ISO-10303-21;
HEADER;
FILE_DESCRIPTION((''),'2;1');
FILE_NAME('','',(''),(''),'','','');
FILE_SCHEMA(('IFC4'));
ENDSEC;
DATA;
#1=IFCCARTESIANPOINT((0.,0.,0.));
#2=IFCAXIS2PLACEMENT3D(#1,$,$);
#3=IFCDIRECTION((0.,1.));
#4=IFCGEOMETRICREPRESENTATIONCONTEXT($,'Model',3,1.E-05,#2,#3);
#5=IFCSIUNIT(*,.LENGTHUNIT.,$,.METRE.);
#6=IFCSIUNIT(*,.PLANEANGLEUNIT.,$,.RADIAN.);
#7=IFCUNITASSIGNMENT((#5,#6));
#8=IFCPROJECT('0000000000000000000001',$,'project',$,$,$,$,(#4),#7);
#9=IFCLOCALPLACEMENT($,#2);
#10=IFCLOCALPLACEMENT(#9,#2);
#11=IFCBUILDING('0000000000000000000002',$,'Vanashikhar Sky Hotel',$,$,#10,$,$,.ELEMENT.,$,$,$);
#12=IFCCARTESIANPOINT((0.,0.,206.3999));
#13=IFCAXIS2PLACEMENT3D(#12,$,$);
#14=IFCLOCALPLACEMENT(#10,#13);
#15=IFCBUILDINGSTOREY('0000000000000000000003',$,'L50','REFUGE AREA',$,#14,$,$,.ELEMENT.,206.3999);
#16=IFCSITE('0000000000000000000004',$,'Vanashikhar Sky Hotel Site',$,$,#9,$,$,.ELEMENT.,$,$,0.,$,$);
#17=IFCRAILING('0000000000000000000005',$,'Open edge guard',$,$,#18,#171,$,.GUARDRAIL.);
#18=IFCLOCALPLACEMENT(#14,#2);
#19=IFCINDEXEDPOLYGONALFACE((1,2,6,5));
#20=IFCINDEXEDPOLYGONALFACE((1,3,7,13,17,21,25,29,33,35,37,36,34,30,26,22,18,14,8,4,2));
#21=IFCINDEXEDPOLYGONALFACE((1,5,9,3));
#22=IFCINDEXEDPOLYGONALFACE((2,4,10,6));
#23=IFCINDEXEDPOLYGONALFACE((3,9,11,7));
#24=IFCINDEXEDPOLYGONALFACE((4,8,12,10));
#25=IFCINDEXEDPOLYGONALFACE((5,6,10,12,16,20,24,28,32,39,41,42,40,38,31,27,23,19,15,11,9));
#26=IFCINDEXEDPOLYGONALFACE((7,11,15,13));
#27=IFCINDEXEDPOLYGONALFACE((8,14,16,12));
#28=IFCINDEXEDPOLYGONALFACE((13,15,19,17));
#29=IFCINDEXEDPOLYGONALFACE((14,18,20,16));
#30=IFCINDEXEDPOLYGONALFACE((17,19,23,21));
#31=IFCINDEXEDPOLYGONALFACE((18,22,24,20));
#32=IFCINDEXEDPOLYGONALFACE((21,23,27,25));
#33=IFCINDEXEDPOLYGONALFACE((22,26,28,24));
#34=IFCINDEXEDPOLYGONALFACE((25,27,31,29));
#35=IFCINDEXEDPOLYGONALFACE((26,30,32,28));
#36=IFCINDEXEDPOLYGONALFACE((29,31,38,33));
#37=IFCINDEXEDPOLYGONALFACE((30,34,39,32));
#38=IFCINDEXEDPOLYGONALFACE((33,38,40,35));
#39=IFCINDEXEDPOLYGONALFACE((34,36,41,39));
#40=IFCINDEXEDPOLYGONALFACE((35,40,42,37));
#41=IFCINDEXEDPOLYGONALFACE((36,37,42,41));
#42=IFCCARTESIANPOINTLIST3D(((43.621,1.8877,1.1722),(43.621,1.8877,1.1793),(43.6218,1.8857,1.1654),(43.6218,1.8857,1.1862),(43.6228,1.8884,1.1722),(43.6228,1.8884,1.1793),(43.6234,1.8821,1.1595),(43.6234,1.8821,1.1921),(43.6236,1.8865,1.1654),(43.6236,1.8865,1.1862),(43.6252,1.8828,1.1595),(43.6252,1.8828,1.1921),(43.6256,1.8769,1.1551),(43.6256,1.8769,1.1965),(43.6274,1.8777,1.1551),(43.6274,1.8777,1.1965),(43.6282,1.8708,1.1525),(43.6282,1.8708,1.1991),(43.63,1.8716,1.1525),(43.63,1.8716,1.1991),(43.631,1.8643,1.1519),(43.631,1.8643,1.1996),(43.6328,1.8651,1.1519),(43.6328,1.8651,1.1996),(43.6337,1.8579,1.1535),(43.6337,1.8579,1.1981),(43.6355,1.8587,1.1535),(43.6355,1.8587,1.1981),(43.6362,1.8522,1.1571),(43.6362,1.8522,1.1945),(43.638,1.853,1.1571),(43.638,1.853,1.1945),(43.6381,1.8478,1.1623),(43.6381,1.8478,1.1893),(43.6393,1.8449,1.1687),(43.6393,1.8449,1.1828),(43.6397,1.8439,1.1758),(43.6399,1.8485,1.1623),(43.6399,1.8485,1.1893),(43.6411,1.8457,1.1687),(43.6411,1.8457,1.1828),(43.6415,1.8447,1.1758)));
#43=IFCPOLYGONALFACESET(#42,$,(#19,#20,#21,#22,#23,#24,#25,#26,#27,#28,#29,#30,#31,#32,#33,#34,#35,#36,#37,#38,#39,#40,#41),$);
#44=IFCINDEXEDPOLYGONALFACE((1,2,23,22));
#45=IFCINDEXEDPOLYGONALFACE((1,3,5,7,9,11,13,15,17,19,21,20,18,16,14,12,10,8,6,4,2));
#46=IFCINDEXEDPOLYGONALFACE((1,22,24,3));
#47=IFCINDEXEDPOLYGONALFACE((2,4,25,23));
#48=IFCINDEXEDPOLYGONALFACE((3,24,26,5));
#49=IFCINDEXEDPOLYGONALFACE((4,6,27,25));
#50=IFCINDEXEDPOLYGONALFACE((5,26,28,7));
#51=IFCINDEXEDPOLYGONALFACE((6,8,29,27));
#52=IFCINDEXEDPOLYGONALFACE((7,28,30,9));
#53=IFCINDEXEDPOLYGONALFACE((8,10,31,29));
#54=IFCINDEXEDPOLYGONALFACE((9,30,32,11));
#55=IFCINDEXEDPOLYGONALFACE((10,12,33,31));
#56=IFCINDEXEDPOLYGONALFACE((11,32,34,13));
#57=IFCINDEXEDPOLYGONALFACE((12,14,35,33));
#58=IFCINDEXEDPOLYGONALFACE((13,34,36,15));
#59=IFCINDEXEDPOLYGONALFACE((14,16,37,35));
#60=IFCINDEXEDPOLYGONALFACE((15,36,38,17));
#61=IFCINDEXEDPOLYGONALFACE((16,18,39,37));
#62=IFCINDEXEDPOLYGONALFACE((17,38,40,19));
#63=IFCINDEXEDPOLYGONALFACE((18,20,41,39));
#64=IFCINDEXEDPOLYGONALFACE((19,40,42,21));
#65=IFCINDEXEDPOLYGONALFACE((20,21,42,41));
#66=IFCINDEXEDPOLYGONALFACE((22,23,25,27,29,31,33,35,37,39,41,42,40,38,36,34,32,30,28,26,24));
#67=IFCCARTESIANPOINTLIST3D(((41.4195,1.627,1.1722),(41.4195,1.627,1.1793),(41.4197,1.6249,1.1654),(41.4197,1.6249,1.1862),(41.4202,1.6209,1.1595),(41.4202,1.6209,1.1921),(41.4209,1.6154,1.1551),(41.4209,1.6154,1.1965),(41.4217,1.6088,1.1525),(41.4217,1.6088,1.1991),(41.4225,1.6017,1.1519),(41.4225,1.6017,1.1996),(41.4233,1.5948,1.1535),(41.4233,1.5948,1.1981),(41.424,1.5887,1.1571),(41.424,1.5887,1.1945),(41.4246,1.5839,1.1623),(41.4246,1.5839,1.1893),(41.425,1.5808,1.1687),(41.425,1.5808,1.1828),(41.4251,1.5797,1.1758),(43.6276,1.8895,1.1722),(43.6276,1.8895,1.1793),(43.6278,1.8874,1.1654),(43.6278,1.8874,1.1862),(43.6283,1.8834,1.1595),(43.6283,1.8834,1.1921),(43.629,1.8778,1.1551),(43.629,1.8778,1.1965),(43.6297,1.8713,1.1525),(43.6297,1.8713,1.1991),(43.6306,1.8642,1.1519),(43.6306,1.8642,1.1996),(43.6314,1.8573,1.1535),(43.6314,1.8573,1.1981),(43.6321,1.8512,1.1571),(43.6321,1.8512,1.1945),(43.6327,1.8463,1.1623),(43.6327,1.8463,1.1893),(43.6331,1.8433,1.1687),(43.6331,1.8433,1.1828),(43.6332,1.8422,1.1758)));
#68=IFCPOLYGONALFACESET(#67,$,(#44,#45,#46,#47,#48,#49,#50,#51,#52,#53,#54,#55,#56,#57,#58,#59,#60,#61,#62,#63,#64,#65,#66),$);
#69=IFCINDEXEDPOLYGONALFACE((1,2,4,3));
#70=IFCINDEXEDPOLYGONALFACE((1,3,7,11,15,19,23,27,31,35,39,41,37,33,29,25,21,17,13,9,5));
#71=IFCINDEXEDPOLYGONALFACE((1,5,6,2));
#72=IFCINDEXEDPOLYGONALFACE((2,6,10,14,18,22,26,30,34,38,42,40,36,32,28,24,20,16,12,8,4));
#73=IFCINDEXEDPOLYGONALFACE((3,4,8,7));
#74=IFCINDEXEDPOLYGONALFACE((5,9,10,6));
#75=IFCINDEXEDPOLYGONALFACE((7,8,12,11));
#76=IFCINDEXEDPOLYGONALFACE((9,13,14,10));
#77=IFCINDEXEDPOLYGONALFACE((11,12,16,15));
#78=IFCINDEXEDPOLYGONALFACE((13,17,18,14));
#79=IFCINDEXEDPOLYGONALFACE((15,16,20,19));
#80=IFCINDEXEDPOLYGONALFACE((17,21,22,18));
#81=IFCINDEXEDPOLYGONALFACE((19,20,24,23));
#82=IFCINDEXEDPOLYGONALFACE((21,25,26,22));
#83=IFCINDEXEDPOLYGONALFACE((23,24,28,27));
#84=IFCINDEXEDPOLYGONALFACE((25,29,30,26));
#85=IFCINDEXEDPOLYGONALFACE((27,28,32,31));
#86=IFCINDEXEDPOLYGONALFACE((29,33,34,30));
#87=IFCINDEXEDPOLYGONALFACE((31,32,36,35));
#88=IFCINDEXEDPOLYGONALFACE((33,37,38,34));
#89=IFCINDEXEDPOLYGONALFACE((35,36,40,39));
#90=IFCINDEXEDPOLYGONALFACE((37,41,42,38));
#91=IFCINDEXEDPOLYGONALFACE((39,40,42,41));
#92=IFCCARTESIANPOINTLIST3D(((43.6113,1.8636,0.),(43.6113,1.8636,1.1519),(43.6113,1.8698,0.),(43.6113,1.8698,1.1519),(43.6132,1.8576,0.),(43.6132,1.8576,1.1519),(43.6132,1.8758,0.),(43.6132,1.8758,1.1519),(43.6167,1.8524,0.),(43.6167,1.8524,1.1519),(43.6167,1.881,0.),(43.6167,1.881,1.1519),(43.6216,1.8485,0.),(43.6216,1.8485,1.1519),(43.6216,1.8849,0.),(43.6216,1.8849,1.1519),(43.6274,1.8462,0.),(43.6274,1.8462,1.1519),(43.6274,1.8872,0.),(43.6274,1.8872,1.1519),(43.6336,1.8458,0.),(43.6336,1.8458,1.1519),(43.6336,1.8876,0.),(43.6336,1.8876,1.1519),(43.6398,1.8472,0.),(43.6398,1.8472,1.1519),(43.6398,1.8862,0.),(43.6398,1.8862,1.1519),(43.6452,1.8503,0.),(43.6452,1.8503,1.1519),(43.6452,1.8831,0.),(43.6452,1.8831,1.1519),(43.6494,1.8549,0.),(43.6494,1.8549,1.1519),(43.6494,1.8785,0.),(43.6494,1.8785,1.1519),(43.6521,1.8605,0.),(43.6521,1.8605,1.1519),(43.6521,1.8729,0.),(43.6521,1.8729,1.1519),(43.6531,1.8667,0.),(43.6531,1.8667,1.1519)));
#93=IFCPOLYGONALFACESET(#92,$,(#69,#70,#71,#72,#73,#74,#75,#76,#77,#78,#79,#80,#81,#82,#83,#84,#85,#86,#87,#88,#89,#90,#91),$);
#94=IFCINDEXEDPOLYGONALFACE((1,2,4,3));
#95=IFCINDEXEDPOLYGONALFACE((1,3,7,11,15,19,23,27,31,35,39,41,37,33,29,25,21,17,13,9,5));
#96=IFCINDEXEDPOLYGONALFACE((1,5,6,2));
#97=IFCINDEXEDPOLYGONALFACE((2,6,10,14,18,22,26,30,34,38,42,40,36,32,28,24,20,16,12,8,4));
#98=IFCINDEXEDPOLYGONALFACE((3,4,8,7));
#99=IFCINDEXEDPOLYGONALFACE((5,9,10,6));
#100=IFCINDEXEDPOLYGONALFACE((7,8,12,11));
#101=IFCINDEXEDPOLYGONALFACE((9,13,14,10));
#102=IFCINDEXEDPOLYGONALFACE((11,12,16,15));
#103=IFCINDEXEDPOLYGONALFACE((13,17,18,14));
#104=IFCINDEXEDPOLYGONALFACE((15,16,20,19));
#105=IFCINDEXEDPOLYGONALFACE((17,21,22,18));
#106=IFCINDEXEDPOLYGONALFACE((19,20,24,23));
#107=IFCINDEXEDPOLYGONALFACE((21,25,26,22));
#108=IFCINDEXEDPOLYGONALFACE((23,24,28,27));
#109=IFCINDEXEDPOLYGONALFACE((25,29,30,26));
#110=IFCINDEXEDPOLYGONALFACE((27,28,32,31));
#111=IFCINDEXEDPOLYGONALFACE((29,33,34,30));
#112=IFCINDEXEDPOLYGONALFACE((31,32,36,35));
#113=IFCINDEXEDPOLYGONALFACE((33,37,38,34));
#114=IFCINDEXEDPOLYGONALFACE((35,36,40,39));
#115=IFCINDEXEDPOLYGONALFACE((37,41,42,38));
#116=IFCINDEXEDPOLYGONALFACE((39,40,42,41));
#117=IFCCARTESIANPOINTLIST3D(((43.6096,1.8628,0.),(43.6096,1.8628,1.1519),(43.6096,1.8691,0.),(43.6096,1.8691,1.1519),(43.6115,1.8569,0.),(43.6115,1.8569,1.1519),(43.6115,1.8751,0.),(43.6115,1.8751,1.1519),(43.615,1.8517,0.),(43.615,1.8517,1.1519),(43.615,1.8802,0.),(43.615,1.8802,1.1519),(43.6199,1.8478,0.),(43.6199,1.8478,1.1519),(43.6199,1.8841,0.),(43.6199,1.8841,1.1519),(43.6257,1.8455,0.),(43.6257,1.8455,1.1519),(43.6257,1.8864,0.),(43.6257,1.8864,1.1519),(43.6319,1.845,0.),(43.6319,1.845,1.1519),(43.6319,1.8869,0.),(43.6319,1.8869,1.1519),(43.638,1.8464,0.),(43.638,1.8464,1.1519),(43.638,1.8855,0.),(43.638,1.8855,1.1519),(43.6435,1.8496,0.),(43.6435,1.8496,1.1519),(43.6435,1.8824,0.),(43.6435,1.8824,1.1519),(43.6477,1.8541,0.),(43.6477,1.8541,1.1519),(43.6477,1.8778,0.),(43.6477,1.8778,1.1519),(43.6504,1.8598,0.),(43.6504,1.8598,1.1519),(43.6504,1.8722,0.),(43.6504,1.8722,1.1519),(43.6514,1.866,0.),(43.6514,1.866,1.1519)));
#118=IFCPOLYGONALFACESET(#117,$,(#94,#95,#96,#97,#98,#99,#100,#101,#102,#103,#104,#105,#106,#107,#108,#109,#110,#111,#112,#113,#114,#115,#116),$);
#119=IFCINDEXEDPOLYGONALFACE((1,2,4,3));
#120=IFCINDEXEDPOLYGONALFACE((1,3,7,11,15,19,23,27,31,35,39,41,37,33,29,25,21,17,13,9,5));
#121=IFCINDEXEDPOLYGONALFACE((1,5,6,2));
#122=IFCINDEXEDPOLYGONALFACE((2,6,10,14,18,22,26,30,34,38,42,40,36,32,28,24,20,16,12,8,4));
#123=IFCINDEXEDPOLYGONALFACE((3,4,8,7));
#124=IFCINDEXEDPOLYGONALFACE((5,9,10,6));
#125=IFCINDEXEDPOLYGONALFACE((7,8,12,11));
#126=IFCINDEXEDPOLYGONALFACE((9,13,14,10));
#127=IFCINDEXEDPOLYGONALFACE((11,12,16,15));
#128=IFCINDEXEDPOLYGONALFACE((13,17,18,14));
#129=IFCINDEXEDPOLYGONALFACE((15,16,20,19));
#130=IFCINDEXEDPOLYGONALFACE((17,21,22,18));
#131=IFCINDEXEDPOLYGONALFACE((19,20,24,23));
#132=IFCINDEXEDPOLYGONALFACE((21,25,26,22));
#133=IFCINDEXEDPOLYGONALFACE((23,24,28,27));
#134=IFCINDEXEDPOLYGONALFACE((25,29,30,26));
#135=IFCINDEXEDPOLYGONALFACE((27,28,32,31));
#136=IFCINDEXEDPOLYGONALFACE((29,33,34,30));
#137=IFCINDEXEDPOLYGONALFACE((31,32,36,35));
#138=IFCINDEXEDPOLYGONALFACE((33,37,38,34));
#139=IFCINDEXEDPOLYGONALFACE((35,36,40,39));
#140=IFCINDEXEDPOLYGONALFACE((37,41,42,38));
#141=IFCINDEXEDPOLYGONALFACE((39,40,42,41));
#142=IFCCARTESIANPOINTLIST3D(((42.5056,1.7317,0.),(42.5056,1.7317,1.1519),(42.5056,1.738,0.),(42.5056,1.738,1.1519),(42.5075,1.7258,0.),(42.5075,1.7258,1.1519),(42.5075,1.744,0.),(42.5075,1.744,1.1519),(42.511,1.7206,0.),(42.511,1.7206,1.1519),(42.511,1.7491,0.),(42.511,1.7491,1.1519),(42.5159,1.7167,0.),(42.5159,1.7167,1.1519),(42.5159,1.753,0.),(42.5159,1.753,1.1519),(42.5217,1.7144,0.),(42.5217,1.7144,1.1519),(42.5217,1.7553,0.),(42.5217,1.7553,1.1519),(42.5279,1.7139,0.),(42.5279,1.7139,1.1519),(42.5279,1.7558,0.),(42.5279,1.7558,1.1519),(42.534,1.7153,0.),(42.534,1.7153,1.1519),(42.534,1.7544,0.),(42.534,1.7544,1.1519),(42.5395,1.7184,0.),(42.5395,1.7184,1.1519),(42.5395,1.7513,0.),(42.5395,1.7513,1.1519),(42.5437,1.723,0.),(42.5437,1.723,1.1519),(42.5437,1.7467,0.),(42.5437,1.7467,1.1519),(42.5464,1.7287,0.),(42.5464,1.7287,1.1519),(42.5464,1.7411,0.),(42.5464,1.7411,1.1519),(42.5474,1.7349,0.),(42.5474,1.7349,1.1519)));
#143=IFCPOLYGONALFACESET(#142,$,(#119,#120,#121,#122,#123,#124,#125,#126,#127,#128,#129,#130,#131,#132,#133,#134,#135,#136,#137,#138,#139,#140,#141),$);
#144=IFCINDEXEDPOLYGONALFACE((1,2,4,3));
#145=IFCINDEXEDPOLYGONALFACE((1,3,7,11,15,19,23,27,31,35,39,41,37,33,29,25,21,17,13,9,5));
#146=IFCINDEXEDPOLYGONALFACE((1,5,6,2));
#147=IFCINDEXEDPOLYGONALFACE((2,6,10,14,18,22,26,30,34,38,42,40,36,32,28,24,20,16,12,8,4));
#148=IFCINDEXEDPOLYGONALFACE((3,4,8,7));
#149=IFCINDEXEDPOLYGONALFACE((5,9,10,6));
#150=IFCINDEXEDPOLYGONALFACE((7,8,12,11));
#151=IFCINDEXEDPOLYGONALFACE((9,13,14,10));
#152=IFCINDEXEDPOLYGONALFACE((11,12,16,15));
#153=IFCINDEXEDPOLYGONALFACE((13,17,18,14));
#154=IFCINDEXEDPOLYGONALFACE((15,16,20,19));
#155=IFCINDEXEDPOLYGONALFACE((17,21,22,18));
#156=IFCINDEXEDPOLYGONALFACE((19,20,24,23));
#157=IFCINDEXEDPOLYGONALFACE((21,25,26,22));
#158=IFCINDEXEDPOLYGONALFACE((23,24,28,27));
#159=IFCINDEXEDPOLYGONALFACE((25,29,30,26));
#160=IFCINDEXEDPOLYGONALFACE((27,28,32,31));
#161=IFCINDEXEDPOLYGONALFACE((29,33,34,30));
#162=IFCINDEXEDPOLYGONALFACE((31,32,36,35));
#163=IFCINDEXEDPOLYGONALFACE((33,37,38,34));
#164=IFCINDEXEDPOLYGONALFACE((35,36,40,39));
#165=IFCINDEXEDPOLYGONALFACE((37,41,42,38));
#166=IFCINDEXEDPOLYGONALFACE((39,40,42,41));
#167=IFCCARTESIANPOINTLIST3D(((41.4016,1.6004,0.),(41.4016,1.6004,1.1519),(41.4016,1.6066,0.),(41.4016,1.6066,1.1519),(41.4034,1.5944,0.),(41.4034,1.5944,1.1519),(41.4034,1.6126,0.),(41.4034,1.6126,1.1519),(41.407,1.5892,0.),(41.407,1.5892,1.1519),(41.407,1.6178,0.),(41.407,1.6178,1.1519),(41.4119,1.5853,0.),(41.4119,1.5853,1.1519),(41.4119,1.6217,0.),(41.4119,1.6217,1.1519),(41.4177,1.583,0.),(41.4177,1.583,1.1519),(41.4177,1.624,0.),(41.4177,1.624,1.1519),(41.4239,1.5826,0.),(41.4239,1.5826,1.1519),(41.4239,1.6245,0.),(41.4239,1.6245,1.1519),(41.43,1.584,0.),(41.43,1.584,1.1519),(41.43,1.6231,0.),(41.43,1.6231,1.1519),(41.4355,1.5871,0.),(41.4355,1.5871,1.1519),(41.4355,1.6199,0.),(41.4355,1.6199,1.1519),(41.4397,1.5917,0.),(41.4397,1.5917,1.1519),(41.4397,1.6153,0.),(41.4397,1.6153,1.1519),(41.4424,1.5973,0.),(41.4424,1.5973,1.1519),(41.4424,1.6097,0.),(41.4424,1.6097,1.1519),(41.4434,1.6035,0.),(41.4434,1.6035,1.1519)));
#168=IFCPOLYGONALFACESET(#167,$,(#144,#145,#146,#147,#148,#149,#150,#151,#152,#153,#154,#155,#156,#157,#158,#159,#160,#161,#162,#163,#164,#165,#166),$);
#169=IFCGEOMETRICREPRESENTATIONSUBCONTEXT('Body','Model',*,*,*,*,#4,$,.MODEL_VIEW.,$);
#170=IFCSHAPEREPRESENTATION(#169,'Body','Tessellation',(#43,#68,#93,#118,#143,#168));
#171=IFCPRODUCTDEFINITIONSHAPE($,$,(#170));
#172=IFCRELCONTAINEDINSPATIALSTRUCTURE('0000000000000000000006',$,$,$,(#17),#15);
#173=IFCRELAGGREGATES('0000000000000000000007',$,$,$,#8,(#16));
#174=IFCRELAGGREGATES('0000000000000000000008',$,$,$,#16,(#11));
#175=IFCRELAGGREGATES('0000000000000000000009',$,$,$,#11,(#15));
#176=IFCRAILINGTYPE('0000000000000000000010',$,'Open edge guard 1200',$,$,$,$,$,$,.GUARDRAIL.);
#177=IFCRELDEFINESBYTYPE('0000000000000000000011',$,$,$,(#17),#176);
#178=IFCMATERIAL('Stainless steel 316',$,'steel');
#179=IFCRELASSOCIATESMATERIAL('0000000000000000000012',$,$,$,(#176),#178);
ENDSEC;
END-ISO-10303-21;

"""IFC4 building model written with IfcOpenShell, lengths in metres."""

from ifc_helpers import new_model, si_unit, direction, frame, origin, origin_2d, place, context, subcontext, project, spatial, circle, extrude, source, transform, mapped, material, type_object, element, save


model = new_model("IFC4")

# Units and contexts
model_context = context("Model", 3, precision=1e-05, world=origin(), true_north=direction((0.0, 1.0)))
body_context = subcontext(model_context, "Body", "Model", "MODEL_VIEW")
ifc_project = project(units=[si_unit("LENGTHUNIT", "METRE"), si_unit("PLANEANGLEUNIT", "RADIAN")], contexts=[model_context])

# Site, building, storey
site_placement = place(None, origin())
site = spatial("IfcSite", under=ifc_project, at=site_placement, Name="Vanashikhar Sky Hotel Site", CompositionType="ELEMENT", RefElevation=0.0)
building_placement = place(site_placement, origin())
building = spatial("IfcBuilding", under=site, at=building_placement, Name="Vanashikhar Sky Hotel", CompositionType="ELEMENT")
storey_placement = place(building_placement, frame((0.0, 0.0, 206.3999)))
storey = spatial("IfcBuildingStorey", under=building, at=storey_placement, Name="L50", Description="REFUGE AREA", CompositionType="ELEMENT", Elevation=206.3999)

# Railing
ifc_material_1 = material(Name="Stainless steel 316", Category="steel")
railing_type = type_object("IfcRailingType", Name="Open edge guard 1200", PredefinedType="GUARDRAIL", material=ifc_material_1)
shared_shape_1 = source(origin(), body_context, "Body", "SweptSolid", [
    extrude(circle(Radius=0.0239, at=origin_2d()), frame((0.0, 0.0, 1.1758), z_axis=(-0.919145, -0.393919, 0.0), x_axis=(0.393919, -0.919145, 0.0)), (0.0, 0.0, 1.0), 0.002),
    extrude(circle(Radius=0.0239, at=origin_2d()), frame((-0.0017, -0.0007, 1.1758), z_axis=(-0.99301, -0.118032, 0.0), x_axis=(0.118032, -0.99301, 0.0)), (0.0, 0.0, 1.0), 2.2236),
    extrude(circle(Radius=0.021, at=origin_2d()), origin(), (0.0, 0.0, 1.0), 1.1519),
    extrude(circle(Radius=0.021, at=origin_2d()), frame((-0.0017, -0.0007, 0.0)), (0.0, 0.0, 1.0), 1.1519),
    extrude(circle(Radius=0.021, at=origin_2d()), frame((-1.1057, -0.1318, 0.0)), (0.0, 0.0, 1.0), 1.1519),
    extrude(circle(Radius=0.021, at=origin_2d()), frame((-2.2097, -0.2632, 0.0)), (0.0, 0.0, 1.0), 1.1519),
])
railing_1_placement = place(storey_placement, frame((43.6321, 1.8667, 0.0)))
element("IfcRailing", 1, at=railing_1_placement, inside=storey, type_object=railing_type, Name="Open edge guard", PredefinedType="GUARDRAIL", context=body_context, shape_type="MappedRepresentation", body=[
    mapped(shared_shape_1, transform((0.0, 0.0, 0.0), scale=1.0)),
])

save(model, "model.ifc")
